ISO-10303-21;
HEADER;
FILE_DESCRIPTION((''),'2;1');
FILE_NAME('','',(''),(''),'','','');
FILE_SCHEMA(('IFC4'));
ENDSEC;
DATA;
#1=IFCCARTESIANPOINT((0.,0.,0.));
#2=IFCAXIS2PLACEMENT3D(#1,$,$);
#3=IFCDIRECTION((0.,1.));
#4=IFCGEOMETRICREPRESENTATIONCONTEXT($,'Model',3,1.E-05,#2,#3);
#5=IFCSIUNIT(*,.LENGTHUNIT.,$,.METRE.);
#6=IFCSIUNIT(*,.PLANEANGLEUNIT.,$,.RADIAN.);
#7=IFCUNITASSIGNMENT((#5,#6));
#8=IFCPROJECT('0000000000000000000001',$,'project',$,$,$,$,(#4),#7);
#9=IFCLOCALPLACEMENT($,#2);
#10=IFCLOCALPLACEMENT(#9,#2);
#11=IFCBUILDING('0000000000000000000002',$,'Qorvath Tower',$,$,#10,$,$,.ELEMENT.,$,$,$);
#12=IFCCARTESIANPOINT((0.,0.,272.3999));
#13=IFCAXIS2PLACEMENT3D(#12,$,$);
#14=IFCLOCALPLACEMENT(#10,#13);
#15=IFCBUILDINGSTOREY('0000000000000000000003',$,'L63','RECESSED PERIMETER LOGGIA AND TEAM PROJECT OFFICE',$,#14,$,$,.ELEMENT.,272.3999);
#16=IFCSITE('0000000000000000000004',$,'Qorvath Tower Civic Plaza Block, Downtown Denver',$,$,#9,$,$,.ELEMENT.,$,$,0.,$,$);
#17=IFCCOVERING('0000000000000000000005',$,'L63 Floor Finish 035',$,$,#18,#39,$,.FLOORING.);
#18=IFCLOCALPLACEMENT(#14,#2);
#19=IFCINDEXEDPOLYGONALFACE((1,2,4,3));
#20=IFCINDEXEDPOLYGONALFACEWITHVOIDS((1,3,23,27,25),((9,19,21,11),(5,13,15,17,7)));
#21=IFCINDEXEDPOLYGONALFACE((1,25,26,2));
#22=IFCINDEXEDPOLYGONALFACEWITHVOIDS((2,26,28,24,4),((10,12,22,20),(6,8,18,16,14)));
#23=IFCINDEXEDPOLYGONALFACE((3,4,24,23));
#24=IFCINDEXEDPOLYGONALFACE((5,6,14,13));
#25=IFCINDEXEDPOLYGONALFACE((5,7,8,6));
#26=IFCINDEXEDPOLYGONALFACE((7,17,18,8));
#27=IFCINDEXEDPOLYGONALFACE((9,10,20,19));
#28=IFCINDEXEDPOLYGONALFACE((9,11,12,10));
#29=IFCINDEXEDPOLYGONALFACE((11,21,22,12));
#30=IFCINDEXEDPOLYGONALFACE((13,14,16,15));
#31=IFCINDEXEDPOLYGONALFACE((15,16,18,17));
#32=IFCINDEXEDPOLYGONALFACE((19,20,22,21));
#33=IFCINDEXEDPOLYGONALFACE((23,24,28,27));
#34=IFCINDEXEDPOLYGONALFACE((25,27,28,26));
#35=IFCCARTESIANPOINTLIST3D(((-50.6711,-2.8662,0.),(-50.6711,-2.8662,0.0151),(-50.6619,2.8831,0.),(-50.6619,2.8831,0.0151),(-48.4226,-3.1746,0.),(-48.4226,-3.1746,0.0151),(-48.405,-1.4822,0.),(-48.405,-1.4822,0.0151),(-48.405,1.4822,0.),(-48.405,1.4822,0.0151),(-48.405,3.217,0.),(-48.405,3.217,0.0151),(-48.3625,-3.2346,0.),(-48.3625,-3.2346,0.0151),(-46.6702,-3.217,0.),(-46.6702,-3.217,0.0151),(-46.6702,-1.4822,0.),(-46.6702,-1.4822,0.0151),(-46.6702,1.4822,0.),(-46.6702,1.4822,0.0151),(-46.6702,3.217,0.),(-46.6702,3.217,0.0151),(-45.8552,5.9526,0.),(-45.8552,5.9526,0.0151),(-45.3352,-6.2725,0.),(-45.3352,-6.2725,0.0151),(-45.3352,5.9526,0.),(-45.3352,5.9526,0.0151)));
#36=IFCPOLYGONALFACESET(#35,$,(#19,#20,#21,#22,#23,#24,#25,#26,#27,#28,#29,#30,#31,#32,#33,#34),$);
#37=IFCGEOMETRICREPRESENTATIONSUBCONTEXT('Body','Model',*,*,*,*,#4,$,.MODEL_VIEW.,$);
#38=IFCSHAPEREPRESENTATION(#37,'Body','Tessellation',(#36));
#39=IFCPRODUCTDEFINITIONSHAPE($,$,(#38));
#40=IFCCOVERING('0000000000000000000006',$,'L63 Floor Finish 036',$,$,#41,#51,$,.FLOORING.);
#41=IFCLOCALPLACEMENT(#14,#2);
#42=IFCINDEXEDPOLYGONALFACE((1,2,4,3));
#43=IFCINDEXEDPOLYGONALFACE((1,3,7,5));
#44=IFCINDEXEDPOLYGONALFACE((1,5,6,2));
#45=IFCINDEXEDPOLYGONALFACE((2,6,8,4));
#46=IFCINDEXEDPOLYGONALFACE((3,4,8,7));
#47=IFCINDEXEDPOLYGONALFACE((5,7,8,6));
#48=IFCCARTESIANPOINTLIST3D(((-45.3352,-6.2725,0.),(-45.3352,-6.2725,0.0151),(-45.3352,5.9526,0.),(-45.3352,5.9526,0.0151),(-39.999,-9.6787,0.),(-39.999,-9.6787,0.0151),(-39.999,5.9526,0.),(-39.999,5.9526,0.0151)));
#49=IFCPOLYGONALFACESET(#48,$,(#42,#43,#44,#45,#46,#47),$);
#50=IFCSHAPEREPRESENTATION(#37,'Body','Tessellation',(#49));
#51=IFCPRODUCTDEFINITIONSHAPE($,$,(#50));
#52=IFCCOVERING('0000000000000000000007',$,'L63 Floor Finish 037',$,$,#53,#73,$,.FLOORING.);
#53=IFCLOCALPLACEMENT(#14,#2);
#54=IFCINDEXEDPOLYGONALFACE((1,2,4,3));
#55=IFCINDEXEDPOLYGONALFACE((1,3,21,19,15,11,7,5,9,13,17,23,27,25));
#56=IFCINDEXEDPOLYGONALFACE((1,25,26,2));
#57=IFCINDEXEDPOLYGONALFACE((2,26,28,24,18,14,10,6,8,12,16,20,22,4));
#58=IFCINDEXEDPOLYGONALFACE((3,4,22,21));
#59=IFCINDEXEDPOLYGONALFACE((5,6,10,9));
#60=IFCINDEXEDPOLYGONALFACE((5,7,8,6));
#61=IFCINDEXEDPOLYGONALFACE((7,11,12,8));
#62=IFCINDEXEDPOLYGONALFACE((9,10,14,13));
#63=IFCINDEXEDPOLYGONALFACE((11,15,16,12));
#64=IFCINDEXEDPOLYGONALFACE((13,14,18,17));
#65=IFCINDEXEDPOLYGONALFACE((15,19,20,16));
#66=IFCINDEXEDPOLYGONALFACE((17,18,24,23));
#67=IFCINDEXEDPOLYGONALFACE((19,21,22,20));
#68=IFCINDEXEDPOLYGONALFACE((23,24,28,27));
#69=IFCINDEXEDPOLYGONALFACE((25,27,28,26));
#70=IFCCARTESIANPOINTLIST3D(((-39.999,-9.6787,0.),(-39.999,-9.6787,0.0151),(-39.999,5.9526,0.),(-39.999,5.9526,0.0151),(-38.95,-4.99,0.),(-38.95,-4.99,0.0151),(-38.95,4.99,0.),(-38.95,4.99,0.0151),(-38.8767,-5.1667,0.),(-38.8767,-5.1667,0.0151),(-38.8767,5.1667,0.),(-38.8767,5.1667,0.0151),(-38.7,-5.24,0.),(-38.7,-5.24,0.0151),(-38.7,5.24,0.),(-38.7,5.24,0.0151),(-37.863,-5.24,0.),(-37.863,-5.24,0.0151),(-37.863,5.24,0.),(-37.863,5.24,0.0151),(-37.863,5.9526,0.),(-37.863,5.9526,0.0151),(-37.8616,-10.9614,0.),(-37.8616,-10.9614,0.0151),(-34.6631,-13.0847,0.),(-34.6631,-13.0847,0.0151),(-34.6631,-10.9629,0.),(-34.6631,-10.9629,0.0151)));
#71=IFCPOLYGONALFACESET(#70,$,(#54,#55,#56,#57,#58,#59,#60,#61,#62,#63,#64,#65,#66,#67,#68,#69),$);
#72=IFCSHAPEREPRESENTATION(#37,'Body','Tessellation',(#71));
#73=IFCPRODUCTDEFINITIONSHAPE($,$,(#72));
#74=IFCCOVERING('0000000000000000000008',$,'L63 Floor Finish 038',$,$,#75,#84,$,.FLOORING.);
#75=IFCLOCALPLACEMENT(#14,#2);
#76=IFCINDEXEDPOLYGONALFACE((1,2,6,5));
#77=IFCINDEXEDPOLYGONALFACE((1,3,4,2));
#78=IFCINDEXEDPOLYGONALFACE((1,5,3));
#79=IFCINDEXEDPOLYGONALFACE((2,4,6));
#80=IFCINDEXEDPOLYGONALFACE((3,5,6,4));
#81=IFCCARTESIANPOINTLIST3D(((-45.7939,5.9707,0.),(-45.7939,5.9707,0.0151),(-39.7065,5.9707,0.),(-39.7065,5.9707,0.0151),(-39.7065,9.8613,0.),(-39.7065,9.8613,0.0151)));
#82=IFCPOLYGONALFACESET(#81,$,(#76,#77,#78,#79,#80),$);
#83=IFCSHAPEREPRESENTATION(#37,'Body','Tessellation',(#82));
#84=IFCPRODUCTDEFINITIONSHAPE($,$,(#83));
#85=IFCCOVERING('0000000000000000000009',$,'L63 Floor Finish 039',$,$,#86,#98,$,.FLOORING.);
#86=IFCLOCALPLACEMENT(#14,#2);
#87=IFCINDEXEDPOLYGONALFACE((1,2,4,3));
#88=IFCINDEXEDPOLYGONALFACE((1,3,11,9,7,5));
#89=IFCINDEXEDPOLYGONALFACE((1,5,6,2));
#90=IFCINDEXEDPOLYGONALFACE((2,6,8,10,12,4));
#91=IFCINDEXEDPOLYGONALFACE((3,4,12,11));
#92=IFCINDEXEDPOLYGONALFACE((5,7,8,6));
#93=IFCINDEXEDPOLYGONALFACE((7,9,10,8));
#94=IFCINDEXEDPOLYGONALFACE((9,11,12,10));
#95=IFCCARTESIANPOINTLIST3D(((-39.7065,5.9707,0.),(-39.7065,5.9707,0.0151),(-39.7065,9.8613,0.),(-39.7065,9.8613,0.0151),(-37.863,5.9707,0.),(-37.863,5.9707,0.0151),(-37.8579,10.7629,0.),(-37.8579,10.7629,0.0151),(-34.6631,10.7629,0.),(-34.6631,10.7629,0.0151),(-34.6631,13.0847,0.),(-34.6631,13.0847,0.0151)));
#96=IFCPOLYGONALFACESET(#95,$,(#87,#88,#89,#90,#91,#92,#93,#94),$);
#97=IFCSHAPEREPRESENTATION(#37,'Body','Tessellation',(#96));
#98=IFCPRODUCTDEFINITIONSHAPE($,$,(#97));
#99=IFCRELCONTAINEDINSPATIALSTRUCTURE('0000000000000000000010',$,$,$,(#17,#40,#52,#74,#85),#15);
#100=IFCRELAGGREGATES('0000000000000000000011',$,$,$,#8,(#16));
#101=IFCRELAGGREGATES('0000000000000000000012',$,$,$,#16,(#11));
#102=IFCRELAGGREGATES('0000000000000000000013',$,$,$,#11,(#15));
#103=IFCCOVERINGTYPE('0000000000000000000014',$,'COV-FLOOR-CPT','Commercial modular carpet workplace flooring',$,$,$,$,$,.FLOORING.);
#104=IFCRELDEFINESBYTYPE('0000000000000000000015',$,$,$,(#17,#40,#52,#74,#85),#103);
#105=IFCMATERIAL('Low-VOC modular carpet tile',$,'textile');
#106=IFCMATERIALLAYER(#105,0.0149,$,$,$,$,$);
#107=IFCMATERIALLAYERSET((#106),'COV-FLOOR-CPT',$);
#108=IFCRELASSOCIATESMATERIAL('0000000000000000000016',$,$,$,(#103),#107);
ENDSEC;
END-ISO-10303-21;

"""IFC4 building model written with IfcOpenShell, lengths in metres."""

from ifc_helpers import new_model, si_unit, direction, frame, origin, place, context, subcontext, project, spatial, polyline, outline, extrude, material, layer, layer_set, type_object, element, save


model = new_model("IFC4")

# Units and contexts
model_context = context("Model", 3, precision=1e-05, world=origin(), true_north=direction((0.0, 1.0)))
body_context = subcontext(model_context, "Body", "Model", "MODEL_VIEW")
ifc_project = project(units=[si_unit("LENGTHUNIT", "METRE"), si_unit("PLANEANGLEUNIT", "RADIAN")], contexts=[model_context])

# Site, building, storey
site_placement = place(None, origin())
site = spatial("IfcSite", under=ifc_project, at=site_placement, Name="Qorvath Tower Civic Plaza Block, Downtown Denver", CompositionType="ELEMENT", RefElevation=0.0)
building_placement = place(site_placement, origin())
building = spatial("IfcBuilding", under=site, at=building_placement, Name="Qorvath Tower", CompositionType="ELEMENT")
storey_placement = place(building_placement, frame((0.0, 0.0, 272.3999)))
storey = spatial("IfcBuildingStorey", under=building, at=storey_placement, Name="L63", Description="RECESSED PERIMETER LOGGIA AND TEAM PROJECT OFFICE", CompositionType="ELEMENT", Elevation=272.3999)

# Coverings
ifc_material_1 = material(Name="Low-VOC modular carpet tile", Category="textile")
ifc_layer_1 = layer(ifc_material_1, 0.0149)
ifc_layer_set_1 = layer_set([ifc_layer_1], Name="COV-FLOOR-CPT")
covering_type_1 = type_object("IfcCoveringType", Name="COV-FLOOR-CPT", Description="Commercial modular carpet workplace flooring", PredefinedType="FLOORING", material=ifc_layer_set_1)
covering_1_placement = place(storey_placement, origin())
element("IfcCovering", 1, at=covering_1_placement, inside=storey, type_object=covering_type_1, Name="L63 Floor Finish 035", PredefinedType="FLOORING", context=body_context, shape_type="SweptSolid", body=[
    extrude(outline(polyline([(-50.6619, 2.8831), (-50.6711, -2.8662), (-45.3352, -6.2725), (-45.3352, 5.9526), (-45.8552, 5.9526), (-50.6619, 2.8831)]), holes=[polyline([(-48.4226, -3.1746), (-48.405, -1.4822), (-46.6702, -1.4822), (-46.6702, -3.217), (-48.3625, -3.2346), (-48.4226, -3.1746)]), polyline([(-48.405, 1.4822), (-48.405, 3.217), (-46.6702, 3.217), (-46.6702, 1.4822), (-48.405, 1.4822)])]), origin(), (0.0, 0.0, 1.0), 0.0151),
])
covering_2_placement = place(storey_placement, origin())
element("IfcCovering", 2, at=covering_2_placement, inside=storey, type_object=covering_type_1, Name="L63 Floor Finish 036", PredefinedType="FLOORING", context=body_context, shape_type="SweptSolid", body=[
    extrude(outline(polyline([(-45.3352, 5.9526), (-45.3352, -6.2725), (-39.999, -9.6787), (-39.999, 5.9526), (-45.3352, 5.9526)])), origin(), (0.0, 0.0, 1.0), 0.0151),
])
covering_3_placement = place(storey_placement, origin())
element("IfcCovering", 3, at=covering_3_placement, inside=storey, type_object=covering_type_1, Name="L63 Floor Finish 037", PredefinedType="FLOORING", context=body_context, shape_type="SweptSolid", body=[
    extrude(outline(polyline([(-39.999, 5.9526), (-39.999, -9.6787), (-34.6631, -13.0847), (-34.6631, -10.9629), (-37.8616, -10.9614), (-37.863, -5.24), (-38.7, -5.24), (-38.8767, -5.1667), (-38.95, -4.99), (-38.95, 4.99), (-38.8767, 5.1667), (-38.7, 5.24), (-37.863, 5.24), (-37.863, 5.9526), (-39.999, 5.9526)])), origin(), (0.0, 0.0, 1.0), 0.0151),
])
covering_4_placement = place(storey_placement, origin())
element("IfcCovering", 4, at=covering_4_placement, inside=storey, type_object=covering_type_1, Name="L63 Floor Finish 038", PredefinedType="FLOORING", context=body_context, shape_type="SweptSolid", body=[
    extrude(outline(polyline([(-39.7065, 5.9707), (-39.7065, 9.8613), (-45.7939, 5.9707), (-39.7065, 5.9707)])), origin(), (0.0, 0.0, 1.0), 0.0151),
])
covering_5_placement = place(storey_placement, origin())
element("IfcCovering", 5, at=covering_5_placement, inside=storey, type_object=covering_type_1, Name="L63 Floor Finish 039", PredefinedType="FLOORING", context=body_context, shape_type="SweptSolid", body=[
    extrude(outline(polyline([(-37.8579, 10.7629), (-34.6631, 10.7629), (-34.6631, 13.0847), (-39.7065, 9.8613), (-39.7065, 5.9707), (-37.863, 5.9707), (-37.8579, 10.7629)])), origin(), (0.0, 0.0, 1.0), 0.0151),
])

save(model, "model.ifc")
